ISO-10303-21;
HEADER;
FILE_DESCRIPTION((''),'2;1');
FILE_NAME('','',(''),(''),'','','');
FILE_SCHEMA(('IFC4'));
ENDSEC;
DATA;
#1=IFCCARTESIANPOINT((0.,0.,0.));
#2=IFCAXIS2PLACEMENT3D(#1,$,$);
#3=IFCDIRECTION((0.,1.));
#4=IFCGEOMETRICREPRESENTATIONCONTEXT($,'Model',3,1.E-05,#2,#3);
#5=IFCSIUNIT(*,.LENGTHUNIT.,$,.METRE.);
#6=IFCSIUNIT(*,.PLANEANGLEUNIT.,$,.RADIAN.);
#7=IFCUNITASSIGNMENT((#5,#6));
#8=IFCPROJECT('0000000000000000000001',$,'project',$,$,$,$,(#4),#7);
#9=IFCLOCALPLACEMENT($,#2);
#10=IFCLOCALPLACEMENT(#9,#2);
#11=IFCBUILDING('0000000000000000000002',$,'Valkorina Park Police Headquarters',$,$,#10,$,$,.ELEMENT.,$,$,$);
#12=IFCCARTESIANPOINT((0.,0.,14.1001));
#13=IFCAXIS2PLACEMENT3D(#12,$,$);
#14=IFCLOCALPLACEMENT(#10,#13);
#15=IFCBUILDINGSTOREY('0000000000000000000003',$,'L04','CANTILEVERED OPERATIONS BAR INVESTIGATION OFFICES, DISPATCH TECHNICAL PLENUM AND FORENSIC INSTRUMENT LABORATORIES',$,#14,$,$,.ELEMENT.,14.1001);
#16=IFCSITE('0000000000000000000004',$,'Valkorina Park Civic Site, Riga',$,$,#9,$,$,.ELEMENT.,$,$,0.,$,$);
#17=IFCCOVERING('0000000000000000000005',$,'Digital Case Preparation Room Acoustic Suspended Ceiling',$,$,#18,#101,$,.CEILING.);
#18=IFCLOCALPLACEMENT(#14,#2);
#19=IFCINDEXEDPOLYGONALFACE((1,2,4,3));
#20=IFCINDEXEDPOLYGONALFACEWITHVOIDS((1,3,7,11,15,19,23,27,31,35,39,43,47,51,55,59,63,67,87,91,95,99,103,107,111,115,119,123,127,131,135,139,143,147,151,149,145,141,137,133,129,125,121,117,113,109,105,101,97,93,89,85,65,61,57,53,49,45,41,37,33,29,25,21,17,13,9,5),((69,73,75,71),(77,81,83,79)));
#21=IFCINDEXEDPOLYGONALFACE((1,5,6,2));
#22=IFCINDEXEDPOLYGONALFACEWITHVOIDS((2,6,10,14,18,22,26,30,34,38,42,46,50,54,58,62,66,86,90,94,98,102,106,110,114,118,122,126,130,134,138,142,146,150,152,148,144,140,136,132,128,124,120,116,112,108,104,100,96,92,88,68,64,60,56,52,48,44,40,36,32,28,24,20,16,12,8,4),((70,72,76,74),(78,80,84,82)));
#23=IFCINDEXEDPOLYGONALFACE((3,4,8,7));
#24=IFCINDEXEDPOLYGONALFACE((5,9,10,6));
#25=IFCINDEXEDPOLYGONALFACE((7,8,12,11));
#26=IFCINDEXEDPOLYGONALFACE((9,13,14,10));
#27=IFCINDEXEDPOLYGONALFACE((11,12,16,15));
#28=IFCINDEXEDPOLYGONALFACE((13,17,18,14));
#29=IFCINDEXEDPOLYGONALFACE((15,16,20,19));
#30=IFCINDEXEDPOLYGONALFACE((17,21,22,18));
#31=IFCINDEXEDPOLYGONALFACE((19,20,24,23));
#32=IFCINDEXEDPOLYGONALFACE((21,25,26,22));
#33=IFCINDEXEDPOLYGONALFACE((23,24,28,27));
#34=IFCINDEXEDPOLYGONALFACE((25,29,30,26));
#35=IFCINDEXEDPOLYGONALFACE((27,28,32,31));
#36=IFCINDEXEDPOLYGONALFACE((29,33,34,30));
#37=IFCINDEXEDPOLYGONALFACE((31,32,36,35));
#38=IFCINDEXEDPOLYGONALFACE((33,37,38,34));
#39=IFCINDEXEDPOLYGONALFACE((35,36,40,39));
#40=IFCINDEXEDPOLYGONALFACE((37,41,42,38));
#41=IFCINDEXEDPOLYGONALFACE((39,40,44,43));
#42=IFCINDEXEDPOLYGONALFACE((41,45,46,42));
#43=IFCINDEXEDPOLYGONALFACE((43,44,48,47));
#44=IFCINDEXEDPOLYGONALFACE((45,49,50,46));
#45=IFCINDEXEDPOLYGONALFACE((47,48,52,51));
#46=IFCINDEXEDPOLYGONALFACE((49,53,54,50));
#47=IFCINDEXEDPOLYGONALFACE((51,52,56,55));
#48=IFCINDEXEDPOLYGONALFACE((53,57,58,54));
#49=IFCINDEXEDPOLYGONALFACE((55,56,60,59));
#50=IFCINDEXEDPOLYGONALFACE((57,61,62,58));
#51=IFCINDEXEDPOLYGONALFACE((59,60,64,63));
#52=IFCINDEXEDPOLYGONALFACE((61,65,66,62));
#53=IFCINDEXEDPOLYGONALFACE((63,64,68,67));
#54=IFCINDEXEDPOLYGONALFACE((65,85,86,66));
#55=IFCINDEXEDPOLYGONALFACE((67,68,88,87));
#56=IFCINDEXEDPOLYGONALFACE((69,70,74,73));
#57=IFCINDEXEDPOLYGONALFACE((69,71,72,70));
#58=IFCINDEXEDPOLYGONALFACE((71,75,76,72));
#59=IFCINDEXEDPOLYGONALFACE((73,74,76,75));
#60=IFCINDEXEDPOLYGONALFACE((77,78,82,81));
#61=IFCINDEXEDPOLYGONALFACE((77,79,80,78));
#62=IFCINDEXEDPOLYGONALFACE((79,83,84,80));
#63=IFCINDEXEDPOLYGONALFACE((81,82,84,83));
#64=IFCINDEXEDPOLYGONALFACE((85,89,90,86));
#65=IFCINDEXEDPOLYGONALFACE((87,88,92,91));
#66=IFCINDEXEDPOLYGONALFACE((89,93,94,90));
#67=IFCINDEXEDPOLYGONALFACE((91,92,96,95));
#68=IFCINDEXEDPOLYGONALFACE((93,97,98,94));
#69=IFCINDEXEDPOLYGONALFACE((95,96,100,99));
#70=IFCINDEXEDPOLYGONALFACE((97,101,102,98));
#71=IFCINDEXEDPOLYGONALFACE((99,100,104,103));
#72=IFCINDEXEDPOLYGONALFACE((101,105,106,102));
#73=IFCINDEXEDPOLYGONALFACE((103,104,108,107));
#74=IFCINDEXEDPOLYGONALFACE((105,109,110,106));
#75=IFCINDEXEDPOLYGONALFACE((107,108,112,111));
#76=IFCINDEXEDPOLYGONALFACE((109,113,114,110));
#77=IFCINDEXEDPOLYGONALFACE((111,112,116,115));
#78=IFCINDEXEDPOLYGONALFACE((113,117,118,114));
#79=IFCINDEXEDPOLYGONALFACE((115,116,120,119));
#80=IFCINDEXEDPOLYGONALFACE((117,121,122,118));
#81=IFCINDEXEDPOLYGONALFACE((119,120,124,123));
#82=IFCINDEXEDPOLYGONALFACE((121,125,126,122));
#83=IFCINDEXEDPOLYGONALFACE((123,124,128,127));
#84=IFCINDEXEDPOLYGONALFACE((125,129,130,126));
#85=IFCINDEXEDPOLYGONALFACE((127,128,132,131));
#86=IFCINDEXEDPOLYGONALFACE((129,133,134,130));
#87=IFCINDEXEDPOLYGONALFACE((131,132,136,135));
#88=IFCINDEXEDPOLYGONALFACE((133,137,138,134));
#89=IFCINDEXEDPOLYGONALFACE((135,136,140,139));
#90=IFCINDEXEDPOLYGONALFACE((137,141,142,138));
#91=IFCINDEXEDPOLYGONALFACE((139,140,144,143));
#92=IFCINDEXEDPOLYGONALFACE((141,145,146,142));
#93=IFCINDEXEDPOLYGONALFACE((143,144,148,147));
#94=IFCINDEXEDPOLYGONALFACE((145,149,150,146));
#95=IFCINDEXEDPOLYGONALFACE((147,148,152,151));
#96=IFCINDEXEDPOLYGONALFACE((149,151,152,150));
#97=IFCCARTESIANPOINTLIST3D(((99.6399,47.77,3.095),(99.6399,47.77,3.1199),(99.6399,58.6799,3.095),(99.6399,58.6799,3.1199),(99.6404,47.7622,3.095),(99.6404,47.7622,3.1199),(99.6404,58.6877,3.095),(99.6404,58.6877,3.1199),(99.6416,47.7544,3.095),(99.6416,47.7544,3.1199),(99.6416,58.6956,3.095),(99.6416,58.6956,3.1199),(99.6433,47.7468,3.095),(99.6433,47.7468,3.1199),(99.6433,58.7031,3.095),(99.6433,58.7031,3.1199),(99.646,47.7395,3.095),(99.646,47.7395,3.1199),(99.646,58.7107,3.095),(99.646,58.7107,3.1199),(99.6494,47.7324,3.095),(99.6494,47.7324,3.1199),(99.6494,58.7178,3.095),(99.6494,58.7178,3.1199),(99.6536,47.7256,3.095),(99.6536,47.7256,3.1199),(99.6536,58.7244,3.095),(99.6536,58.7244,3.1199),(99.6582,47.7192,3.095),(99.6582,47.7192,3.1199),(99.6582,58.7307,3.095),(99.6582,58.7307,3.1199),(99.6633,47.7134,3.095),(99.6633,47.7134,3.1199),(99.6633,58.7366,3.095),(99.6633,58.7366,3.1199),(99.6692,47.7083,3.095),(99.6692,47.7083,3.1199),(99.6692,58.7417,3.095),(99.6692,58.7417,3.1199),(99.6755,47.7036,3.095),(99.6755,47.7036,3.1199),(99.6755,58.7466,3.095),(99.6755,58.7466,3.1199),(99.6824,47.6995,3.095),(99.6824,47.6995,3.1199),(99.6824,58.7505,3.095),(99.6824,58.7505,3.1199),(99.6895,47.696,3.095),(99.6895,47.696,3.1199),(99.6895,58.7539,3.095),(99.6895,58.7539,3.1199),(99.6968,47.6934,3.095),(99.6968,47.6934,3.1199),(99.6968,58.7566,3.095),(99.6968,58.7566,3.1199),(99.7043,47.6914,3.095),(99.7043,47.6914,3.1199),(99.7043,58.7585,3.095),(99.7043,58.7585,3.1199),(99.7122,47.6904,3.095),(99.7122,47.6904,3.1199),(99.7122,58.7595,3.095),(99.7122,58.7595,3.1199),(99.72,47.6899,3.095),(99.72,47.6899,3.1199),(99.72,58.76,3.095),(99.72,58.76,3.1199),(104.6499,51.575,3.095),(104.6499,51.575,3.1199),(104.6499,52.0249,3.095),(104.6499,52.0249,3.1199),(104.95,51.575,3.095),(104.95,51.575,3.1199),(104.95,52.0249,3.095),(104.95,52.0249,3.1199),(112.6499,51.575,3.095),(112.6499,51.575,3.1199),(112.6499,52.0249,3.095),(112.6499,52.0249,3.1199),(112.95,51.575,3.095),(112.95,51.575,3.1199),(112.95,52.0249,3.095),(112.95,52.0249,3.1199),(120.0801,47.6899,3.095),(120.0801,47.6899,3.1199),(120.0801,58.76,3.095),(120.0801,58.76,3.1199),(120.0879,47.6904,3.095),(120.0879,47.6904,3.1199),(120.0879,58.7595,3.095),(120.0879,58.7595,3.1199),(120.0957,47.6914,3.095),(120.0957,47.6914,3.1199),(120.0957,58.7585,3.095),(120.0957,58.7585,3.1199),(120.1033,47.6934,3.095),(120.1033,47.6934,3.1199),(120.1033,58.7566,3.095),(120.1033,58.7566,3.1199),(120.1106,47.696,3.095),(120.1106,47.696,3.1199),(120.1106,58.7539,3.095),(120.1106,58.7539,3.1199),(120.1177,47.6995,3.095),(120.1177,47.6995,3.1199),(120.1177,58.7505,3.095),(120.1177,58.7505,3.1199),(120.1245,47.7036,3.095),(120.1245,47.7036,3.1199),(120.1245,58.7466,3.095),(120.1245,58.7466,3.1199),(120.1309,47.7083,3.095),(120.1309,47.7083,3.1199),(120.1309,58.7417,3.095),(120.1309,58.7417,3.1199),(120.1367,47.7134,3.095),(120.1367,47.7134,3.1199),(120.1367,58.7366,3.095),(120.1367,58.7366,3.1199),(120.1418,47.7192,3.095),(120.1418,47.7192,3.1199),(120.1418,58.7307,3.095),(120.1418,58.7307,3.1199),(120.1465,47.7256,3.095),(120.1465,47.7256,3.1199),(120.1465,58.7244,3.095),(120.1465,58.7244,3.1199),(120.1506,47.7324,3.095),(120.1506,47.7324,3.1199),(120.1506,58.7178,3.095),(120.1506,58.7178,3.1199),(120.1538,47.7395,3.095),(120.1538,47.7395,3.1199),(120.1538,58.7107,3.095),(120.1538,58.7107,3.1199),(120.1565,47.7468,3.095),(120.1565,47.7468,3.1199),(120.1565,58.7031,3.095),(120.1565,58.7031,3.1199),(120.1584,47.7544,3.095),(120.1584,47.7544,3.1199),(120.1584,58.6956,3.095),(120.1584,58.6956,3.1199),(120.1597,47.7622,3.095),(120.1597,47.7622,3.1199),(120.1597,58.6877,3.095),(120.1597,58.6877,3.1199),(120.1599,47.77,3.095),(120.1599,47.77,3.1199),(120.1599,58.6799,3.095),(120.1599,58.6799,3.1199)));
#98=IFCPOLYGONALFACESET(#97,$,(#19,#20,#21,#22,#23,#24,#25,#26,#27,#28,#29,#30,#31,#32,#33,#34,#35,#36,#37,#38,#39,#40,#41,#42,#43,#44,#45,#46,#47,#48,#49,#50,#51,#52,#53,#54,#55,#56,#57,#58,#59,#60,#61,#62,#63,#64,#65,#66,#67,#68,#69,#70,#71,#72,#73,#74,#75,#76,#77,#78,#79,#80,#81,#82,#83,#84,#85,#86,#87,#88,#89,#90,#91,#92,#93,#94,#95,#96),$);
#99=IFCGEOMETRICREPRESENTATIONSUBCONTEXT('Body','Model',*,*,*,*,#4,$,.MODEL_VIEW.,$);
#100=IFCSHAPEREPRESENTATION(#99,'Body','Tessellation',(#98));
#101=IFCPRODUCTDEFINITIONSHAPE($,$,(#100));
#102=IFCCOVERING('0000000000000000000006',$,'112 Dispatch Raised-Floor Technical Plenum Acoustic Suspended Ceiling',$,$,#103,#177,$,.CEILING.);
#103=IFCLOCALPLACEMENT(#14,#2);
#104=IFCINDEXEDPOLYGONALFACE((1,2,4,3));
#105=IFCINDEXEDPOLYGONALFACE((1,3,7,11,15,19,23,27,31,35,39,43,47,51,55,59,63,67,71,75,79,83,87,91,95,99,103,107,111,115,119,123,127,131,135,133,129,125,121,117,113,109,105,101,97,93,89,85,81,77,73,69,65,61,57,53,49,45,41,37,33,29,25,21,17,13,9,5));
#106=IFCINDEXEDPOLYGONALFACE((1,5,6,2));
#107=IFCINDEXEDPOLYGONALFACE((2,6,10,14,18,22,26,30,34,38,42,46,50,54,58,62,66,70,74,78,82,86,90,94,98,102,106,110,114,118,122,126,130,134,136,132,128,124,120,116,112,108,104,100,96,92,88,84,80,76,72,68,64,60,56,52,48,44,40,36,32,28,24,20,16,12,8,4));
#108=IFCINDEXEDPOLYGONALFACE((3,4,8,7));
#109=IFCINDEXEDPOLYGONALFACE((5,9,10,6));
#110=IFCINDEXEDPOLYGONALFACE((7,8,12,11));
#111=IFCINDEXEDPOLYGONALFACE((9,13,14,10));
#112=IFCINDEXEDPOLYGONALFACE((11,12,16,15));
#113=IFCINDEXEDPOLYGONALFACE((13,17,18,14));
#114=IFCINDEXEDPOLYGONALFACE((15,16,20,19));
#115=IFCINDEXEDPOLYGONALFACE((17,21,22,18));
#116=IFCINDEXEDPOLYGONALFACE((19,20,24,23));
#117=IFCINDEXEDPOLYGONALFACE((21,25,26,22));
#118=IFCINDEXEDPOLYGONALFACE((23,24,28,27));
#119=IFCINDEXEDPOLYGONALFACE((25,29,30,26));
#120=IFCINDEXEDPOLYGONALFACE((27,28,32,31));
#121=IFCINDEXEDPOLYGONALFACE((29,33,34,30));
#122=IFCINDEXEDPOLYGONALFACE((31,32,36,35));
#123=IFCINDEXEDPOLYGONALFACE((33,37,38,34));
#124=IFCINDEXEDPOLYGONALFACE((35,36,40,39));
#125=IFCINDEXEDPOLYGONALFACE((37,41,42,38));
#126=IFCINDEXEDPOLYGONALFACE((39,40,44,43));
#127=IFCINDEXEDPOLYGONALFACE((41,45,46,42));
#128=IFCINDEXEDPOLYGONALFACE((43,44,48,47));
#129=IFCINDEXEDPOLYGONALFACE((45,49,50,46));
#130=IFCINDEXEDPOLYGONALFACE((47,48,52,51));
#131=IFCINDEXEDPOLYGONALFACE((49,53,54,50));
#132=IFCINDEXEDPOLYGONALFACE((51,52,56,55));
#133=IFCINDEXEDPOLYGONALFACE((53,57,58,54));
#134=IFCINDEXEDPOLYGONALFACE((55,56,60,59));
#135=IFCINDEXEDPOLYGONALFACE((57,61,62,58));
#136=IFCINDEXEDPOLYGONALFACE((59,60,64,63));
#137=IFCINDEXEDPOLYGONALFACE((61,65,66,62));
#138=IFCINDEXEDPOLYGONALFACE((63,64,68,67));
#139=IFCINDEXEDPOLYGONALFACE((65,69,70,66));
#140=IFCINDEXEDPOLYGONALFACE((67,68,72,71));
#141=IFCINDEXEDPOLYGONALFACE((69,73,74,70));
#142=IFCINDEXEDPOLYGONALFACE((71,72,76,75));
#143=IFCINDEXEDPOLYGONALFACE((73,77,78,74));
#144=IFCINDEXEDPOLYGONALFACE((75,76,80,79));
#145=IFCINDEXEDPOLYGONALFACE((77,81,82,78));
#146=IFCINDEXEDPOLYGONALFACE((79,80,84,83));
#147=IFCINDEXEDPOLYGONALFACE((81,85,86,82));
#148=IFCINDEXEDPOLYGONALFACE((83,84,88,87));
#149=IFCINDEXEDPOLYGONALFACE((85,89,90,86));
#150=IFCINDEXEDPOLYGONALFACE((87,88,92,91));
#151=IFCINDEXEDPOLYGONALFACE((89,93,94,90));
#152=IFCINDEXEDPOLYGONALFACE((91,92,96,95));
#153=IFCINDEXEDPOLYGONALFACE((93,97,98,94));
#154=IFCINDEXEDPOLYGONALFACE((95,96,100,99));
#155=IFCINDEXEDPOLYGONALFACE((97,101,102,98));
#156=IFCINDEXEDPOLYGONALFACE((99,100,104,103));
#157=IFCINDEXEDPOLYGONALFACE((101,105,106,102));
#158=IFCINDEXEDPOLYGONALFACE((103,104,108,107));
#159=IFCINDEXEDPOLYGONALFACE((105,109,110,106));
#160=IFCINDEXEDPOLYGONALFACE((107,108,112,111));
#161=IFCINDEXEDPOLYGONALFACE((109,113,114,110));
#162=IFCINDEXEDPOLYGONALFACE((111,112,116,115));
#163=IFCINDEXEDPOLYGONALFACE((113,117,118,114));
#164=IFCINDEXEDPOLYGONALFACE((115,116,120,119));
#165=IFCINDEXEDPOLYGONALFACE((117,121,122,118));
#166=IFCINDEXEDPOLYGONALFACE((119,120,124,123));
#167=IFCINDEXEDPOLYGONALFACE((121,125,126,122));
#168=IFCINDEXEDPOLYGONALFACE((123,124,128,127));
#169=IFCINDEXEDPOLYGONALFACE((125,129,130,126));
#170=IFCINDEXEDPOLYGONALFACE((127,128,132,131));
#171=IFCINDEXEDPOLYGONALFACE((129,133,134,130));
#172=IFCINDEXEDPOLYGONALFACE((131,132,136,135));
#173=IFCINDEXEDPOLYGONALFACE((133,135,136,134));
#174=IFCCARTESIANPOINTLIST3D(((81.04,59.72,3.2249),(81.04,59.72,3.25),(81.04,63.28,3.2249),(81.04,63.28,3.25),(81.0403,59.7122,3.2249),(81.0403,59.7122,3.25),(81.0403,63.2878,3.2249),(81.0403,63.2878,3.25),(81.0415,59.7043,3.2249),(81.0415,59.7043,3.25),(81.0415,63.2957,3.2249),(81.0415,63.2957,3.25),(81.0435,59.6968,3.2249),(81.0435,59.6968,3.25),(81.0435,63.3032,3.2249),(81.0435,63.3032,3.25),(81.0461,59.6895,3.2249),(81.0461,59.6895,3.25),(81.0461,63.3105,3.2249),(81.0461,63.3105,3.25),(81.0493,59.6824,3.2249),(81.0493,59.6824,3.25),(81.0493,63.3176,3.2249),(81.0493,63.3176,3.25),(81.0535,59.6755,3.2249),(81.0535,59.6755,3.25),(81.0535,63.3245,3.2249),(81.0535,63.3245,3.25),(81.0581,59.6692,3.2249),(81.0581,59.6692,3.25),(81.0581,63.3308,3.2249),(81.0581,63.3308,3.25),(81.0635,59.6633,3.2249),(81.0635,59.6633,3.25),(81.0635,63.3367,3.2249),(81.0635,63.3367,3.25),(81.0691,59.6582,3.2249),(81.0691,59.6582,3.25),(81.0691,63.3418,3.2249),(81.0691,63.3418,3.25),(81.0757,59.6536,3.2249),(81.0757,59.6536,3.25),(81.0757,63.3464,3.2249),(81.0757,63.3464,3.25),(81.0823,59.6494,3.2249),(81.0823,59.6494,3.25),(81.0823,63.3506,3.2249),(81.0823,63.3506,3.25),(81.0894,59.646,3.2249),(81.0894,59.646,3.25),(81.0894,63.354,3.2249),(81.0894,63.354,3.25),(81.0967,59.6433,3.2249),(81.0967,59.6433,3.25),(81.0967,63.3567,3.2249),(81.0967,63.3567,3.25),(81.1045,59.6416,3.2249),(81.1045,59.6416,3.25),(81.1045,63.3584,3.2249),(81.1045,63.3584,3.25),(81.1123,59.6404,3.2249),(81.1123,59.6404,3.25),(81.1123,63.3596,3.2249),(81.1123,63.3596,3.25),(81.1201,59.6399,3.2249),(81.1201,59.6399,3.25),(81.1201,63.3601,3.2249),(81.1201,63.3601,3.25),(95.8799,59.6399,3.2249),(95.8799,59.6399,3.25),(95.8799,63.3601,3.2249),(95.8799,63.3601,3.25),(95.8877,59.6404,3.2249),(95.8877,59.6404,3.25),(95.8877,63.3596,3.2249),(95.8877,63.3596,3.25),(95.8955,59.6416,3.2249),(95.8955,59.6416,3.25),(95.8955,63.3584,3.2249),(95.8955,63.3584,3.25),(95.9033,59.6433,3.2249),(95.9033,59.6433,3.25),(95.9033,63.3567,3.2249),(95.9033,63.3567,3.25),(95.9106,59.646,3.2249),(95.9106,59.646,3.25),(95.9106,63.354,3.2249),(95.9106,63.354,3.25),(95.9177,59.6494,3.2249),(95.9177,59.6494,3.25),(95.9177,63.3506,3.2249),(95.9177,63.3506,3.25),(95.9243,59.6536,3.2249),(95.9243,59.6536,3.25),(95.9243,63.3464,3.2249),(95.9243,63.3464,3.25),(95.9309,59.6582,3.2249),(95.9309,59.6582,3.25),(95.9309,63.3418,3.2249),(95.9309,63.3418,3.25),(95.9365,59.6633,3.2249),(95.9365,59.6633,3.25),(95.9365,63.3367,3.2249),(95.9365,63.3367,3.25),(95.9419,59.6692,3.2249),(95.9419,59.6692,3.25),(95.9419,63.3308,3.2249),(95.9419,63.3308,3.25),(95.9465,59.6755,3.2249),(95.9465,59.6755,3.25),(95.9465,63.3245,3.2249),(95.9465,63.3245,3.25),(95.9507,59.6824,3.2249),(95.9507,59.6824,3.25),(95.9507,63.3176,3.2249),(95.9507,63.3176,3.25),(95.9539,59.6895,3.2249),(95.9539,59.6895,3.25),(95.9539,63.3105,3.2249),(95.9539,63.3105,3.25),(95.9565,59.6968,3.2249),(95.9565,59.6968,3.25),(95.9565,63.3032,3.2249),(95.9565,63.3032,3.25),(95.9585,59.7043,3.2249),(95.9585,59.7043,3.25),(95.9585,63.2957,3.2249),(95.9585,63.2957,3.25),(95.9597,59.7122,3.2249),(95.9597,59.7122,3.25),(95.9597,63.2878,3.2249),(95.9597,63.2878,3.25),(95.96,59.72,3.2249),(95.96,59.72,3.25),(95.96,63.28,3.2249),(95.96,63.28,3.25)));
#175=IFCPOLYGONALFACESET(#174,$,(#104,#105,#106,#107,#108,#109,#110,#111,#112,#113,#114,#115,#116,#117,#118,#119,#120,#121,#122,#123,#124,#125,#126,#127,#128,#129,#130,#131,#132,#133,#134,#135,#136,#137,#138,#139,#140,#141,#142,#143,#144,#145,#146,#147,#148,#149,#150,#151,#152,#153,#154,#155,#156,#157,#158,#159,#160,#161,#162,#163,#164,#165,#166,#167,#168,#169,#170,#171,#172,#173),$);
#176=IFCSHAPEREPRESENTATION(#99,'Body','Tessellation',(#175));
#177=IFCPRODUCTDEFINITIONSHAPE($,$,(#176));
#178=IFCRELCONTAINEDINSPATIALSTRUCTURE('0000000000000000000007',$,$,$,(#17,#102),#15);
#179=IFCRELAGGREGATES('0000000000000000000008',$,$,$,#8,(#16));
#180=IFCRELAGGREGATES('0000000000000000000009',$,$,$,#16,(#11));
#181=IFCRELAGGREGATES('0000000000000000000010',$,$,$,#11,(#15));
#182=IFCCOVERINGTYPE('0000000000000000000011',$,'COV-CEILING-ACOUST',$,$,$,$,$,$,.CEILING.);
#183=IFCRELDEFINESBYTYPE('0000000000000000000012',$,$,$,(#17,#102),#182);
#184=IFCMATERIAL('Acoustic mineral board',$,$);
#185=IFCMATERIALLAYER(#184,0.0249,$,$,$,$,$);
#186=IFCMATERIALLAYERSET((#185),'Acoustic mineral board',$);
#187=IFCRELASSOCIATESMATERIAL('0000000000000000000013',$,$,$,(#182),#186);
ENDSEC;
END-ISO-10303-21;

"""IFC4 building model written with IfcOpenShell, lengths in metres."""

from ifc_helpers import new_model, si_unit, direction, frame, origin, place, context, subcontext, project, spatial, polyline, outline, extrude, material, layer, layer_set, type_object, element, save


model = new_model("IFC4")

# Units and contexts
model_context = context("Model", 3, precision=1e-05, world=origin(), true_north=direction((0.0, 1.0)))
body_context = subcontext(model_context, "Body", "Model", "MODEL_VIEW")
ifc_project = project(units=[si_unit("LENGTHUNIT", "METRE"), si_unit("PLANEANGLEUNIT", "RADIAN")], contexts=[model_context])

# Site, building, storey
site_placement = place(None, origin())
site = spatial("IfcSite", under=ifc_project, at=site_placement, Name="Valkorina Park Civic Site, Riga", CompositionType="ELEMENT", RefElevation=0.0)
building_placement = place(site_placement, origin())
building = spatial("IfcBuilding", under=site, at=building_placement, Name="Valkorina Park Police Headquarters", CompositionType="ELEMENT")
storey_placement = place(building_placement, frame((0.0, 0.0, 14.1001)))
storey = spatial("IfcBuildingStorey", under=building, at=storey_placement, Name="L04", Description="CANTILEVERED OPERATIONS BAR INVESTIGATION OFFICES, DISPATCH TECHNICAL PLENUM AND FORENSIC INSTRUMENT LABORATORIES", CompositionType="ELEMENT", Elevation=14.1001)

# Coverings
ifc_material_1 = material(Name="Acoustic mineral board")
ifc_layer_1 = layer(ifc_material_1, 0.0249)
ifc_layer_set_1 = layer_set([ifc_layer_1], Name="Acoustic mineral board")
covering_type_1 = type_object("IfcCoveringType", Name="COV-CEILING-ACOUST", PredefinedType="CEILING", material=ifc_layer_set_1)
covering_1_placement = place(storey_placement, frame((0.0, 0.0, 3.095)))
element("IfcCovering", 1, at=covering_1_placement, inside=storey, type_object=covering_type_1, Name="Digital Case Preparation Room Acoustic Suspended Ceiling", PredefinedType="CEILING", context=body_context, shape_type="SweptSolid", body=[
    extrude(outline(polyline([(120.1584, 47.7544), (120.1597, 47.7622), (120.1599, 47.77), (120.1599, 58.6799), (120.1597, 58.6877), (120.1584, 58.6956), (120.1565, 58.7031), (120.1538, 58.7107), (120.1506, 58.7178), (120.1465, 58.7244), (120.1418, 58.7307), (120.1367, 58.7366), (120.1309, 58.7417), (120.1245, 58.7466), (120.1177, 58.7505), (120.1106, 58.7539), (120.1033, 58.7566), (120.0957, 58.7585), (120.0879, 58.7595), (120.0801, 58.76), (99.72, 58.76), (99.7122, 58.7595), (99.7043, 58.7585), (99.6968, 58.7566), (99.6895, 58.7539), (99.6824, 58.7505), (99.6755, 58.7466), (99.6692, 58.7417), (99.6633, 58.7366), (99.6582, 58.7307), (99.6536, 58.7244), (99.6494, 58.7178), (99.646, 58.7107), (99.6433, 58.7031), (99.6416, 58.6956), (99.6404, 58.6877), (99.6399, 58.6799), (99.6399, 47.77), (99.6404, 47.7622), (99.6416, 47.7544), (99.6433, 47.7468), (99.646, 47.7395), (99.6494, 47.7324), (99.6536, 47.7256), (99.6582, 47.7192), (99.6633, 47.7134), (99.6692, 47.7083), (99.6755, 47.7036), (99.6824, 47.6995), (99.6895, 47.696), (99.6968, 47.6934), (99.7043, 47.6914), (99.7122, 47.6904), (99.72, 47.6899), (120.0801, 47.6899), (120.0879, 47.6904), (120.0957, 47.6914), (120.1033, 47.6934), (120.1106, 47.696), (120.1177, 47.6995), (120.1245, 47.7036), (120.1309, 47.7083), (120.1367, 47.7134), (120.1418, 47.7192), (120.1465, 47.7256), (120.1506, 47.7324), (120.1538, 47.7395), (120.1565, 47.7468), (120.1584, 47.7544)]), holes=[polyline([(112.95, 52.0249), (112.95, 51.575), (112.6499, 51.575), (112.6499, 52.0249), (112.95, 52.0249)]), polyline([(104.95, 52.0249), (104.95, 51.575), (104.6499, 51.575), (104.6499, 52.0249), (104.95, 52.0249)])]), origin(), (0.0, 0.0, 1.0), 0.0249),
])
covering_2_placement = place(storey_placement, frame((0.0, 0.0, 3.2249)))
element("IfcCovering", 2, at=covering_2_placement, inside=storey, type_object=covering_type_1, Name="112 Dispatch Raised-Floor Technical Plenum Acoustic Suspended Ceiling", PredefinedType="CEILING", context=body_context, shape_type="SweptSolid", body=[
    extrude(outline(polyline([(95.9585, 59.7043), (95.9597, 59.7122), (95.96, 59.72), (95.96, 63.28), (95.9597, 63.2878), (95.9585, 63.2957), (95.9565, 63.3032), (95.9539, 63.3105), (95.9507, 63.3176), (95.9465, 63.3245), (95.9419, 63.3308), (95.9365, 63.3367), (95.9309, 63.3418), (95.9243, 63.3464), (95.9177, 63.3506), (95.9106, 63.354), (95.9033, 63.3567), (95.8955, 63.3584), (95.8877, 63.3596), (95.8799, 63.3601), (81.1201, 63.3601), (81.1123, 63.3596), (81.1045, 63.3584), (81.0967, 63.3567), (81.0894, 63.354), (81.0823, 63.3506), (81.0757, 63.3464), (81.0691, 63.3418), (81.0635, 63.3367), (81.0581, 63.3308), (81.0535, 63.3245), (81.0493, 63.3176), (81.0461, 63.3105), (81.0435, 63.3032), (81.0415, 63.2957), (81.0403, 63.2878), (81.04, 63.28), (81.04, 59.72), (81.0403, 59.7122), (81.0415, 59.7043), (81.0435, 59.6968), (81.0461, 59.6895), (81.0493, 59.6824), (81.0535, 59.6755), (81.0581, 59.6692), (81.0635, 59.6633), (81.0691, 59.6582), (81.0757, 59.6536), (81.0823, 59.6494), (81.0894, 59.646), (81.0967, 59.6433), (81.1045, 59.6416), (81.1123, 59.6404), (81.1201, 59.6399), (95.8799, 59.6399), (95.8877, 59.6404), (95.8955, 59.6416), (95.9033, 59.6433), (95.9106, 59.646), (95.9177, 59.6494), (95.9243, 59.6536), (95.9309, 59.6582), (95.9365, 59.6633), (95.9419, 59.6692), (95.9465, 59.6755), (95.9507, 59.6824), (95.9539, 59.6895), (95.9565, 59.6968), (95.9585, 59.7043)])), origin(), (0.0, 0.0, 1.0), 0.0251),
])

save(model, "model.ifc")
